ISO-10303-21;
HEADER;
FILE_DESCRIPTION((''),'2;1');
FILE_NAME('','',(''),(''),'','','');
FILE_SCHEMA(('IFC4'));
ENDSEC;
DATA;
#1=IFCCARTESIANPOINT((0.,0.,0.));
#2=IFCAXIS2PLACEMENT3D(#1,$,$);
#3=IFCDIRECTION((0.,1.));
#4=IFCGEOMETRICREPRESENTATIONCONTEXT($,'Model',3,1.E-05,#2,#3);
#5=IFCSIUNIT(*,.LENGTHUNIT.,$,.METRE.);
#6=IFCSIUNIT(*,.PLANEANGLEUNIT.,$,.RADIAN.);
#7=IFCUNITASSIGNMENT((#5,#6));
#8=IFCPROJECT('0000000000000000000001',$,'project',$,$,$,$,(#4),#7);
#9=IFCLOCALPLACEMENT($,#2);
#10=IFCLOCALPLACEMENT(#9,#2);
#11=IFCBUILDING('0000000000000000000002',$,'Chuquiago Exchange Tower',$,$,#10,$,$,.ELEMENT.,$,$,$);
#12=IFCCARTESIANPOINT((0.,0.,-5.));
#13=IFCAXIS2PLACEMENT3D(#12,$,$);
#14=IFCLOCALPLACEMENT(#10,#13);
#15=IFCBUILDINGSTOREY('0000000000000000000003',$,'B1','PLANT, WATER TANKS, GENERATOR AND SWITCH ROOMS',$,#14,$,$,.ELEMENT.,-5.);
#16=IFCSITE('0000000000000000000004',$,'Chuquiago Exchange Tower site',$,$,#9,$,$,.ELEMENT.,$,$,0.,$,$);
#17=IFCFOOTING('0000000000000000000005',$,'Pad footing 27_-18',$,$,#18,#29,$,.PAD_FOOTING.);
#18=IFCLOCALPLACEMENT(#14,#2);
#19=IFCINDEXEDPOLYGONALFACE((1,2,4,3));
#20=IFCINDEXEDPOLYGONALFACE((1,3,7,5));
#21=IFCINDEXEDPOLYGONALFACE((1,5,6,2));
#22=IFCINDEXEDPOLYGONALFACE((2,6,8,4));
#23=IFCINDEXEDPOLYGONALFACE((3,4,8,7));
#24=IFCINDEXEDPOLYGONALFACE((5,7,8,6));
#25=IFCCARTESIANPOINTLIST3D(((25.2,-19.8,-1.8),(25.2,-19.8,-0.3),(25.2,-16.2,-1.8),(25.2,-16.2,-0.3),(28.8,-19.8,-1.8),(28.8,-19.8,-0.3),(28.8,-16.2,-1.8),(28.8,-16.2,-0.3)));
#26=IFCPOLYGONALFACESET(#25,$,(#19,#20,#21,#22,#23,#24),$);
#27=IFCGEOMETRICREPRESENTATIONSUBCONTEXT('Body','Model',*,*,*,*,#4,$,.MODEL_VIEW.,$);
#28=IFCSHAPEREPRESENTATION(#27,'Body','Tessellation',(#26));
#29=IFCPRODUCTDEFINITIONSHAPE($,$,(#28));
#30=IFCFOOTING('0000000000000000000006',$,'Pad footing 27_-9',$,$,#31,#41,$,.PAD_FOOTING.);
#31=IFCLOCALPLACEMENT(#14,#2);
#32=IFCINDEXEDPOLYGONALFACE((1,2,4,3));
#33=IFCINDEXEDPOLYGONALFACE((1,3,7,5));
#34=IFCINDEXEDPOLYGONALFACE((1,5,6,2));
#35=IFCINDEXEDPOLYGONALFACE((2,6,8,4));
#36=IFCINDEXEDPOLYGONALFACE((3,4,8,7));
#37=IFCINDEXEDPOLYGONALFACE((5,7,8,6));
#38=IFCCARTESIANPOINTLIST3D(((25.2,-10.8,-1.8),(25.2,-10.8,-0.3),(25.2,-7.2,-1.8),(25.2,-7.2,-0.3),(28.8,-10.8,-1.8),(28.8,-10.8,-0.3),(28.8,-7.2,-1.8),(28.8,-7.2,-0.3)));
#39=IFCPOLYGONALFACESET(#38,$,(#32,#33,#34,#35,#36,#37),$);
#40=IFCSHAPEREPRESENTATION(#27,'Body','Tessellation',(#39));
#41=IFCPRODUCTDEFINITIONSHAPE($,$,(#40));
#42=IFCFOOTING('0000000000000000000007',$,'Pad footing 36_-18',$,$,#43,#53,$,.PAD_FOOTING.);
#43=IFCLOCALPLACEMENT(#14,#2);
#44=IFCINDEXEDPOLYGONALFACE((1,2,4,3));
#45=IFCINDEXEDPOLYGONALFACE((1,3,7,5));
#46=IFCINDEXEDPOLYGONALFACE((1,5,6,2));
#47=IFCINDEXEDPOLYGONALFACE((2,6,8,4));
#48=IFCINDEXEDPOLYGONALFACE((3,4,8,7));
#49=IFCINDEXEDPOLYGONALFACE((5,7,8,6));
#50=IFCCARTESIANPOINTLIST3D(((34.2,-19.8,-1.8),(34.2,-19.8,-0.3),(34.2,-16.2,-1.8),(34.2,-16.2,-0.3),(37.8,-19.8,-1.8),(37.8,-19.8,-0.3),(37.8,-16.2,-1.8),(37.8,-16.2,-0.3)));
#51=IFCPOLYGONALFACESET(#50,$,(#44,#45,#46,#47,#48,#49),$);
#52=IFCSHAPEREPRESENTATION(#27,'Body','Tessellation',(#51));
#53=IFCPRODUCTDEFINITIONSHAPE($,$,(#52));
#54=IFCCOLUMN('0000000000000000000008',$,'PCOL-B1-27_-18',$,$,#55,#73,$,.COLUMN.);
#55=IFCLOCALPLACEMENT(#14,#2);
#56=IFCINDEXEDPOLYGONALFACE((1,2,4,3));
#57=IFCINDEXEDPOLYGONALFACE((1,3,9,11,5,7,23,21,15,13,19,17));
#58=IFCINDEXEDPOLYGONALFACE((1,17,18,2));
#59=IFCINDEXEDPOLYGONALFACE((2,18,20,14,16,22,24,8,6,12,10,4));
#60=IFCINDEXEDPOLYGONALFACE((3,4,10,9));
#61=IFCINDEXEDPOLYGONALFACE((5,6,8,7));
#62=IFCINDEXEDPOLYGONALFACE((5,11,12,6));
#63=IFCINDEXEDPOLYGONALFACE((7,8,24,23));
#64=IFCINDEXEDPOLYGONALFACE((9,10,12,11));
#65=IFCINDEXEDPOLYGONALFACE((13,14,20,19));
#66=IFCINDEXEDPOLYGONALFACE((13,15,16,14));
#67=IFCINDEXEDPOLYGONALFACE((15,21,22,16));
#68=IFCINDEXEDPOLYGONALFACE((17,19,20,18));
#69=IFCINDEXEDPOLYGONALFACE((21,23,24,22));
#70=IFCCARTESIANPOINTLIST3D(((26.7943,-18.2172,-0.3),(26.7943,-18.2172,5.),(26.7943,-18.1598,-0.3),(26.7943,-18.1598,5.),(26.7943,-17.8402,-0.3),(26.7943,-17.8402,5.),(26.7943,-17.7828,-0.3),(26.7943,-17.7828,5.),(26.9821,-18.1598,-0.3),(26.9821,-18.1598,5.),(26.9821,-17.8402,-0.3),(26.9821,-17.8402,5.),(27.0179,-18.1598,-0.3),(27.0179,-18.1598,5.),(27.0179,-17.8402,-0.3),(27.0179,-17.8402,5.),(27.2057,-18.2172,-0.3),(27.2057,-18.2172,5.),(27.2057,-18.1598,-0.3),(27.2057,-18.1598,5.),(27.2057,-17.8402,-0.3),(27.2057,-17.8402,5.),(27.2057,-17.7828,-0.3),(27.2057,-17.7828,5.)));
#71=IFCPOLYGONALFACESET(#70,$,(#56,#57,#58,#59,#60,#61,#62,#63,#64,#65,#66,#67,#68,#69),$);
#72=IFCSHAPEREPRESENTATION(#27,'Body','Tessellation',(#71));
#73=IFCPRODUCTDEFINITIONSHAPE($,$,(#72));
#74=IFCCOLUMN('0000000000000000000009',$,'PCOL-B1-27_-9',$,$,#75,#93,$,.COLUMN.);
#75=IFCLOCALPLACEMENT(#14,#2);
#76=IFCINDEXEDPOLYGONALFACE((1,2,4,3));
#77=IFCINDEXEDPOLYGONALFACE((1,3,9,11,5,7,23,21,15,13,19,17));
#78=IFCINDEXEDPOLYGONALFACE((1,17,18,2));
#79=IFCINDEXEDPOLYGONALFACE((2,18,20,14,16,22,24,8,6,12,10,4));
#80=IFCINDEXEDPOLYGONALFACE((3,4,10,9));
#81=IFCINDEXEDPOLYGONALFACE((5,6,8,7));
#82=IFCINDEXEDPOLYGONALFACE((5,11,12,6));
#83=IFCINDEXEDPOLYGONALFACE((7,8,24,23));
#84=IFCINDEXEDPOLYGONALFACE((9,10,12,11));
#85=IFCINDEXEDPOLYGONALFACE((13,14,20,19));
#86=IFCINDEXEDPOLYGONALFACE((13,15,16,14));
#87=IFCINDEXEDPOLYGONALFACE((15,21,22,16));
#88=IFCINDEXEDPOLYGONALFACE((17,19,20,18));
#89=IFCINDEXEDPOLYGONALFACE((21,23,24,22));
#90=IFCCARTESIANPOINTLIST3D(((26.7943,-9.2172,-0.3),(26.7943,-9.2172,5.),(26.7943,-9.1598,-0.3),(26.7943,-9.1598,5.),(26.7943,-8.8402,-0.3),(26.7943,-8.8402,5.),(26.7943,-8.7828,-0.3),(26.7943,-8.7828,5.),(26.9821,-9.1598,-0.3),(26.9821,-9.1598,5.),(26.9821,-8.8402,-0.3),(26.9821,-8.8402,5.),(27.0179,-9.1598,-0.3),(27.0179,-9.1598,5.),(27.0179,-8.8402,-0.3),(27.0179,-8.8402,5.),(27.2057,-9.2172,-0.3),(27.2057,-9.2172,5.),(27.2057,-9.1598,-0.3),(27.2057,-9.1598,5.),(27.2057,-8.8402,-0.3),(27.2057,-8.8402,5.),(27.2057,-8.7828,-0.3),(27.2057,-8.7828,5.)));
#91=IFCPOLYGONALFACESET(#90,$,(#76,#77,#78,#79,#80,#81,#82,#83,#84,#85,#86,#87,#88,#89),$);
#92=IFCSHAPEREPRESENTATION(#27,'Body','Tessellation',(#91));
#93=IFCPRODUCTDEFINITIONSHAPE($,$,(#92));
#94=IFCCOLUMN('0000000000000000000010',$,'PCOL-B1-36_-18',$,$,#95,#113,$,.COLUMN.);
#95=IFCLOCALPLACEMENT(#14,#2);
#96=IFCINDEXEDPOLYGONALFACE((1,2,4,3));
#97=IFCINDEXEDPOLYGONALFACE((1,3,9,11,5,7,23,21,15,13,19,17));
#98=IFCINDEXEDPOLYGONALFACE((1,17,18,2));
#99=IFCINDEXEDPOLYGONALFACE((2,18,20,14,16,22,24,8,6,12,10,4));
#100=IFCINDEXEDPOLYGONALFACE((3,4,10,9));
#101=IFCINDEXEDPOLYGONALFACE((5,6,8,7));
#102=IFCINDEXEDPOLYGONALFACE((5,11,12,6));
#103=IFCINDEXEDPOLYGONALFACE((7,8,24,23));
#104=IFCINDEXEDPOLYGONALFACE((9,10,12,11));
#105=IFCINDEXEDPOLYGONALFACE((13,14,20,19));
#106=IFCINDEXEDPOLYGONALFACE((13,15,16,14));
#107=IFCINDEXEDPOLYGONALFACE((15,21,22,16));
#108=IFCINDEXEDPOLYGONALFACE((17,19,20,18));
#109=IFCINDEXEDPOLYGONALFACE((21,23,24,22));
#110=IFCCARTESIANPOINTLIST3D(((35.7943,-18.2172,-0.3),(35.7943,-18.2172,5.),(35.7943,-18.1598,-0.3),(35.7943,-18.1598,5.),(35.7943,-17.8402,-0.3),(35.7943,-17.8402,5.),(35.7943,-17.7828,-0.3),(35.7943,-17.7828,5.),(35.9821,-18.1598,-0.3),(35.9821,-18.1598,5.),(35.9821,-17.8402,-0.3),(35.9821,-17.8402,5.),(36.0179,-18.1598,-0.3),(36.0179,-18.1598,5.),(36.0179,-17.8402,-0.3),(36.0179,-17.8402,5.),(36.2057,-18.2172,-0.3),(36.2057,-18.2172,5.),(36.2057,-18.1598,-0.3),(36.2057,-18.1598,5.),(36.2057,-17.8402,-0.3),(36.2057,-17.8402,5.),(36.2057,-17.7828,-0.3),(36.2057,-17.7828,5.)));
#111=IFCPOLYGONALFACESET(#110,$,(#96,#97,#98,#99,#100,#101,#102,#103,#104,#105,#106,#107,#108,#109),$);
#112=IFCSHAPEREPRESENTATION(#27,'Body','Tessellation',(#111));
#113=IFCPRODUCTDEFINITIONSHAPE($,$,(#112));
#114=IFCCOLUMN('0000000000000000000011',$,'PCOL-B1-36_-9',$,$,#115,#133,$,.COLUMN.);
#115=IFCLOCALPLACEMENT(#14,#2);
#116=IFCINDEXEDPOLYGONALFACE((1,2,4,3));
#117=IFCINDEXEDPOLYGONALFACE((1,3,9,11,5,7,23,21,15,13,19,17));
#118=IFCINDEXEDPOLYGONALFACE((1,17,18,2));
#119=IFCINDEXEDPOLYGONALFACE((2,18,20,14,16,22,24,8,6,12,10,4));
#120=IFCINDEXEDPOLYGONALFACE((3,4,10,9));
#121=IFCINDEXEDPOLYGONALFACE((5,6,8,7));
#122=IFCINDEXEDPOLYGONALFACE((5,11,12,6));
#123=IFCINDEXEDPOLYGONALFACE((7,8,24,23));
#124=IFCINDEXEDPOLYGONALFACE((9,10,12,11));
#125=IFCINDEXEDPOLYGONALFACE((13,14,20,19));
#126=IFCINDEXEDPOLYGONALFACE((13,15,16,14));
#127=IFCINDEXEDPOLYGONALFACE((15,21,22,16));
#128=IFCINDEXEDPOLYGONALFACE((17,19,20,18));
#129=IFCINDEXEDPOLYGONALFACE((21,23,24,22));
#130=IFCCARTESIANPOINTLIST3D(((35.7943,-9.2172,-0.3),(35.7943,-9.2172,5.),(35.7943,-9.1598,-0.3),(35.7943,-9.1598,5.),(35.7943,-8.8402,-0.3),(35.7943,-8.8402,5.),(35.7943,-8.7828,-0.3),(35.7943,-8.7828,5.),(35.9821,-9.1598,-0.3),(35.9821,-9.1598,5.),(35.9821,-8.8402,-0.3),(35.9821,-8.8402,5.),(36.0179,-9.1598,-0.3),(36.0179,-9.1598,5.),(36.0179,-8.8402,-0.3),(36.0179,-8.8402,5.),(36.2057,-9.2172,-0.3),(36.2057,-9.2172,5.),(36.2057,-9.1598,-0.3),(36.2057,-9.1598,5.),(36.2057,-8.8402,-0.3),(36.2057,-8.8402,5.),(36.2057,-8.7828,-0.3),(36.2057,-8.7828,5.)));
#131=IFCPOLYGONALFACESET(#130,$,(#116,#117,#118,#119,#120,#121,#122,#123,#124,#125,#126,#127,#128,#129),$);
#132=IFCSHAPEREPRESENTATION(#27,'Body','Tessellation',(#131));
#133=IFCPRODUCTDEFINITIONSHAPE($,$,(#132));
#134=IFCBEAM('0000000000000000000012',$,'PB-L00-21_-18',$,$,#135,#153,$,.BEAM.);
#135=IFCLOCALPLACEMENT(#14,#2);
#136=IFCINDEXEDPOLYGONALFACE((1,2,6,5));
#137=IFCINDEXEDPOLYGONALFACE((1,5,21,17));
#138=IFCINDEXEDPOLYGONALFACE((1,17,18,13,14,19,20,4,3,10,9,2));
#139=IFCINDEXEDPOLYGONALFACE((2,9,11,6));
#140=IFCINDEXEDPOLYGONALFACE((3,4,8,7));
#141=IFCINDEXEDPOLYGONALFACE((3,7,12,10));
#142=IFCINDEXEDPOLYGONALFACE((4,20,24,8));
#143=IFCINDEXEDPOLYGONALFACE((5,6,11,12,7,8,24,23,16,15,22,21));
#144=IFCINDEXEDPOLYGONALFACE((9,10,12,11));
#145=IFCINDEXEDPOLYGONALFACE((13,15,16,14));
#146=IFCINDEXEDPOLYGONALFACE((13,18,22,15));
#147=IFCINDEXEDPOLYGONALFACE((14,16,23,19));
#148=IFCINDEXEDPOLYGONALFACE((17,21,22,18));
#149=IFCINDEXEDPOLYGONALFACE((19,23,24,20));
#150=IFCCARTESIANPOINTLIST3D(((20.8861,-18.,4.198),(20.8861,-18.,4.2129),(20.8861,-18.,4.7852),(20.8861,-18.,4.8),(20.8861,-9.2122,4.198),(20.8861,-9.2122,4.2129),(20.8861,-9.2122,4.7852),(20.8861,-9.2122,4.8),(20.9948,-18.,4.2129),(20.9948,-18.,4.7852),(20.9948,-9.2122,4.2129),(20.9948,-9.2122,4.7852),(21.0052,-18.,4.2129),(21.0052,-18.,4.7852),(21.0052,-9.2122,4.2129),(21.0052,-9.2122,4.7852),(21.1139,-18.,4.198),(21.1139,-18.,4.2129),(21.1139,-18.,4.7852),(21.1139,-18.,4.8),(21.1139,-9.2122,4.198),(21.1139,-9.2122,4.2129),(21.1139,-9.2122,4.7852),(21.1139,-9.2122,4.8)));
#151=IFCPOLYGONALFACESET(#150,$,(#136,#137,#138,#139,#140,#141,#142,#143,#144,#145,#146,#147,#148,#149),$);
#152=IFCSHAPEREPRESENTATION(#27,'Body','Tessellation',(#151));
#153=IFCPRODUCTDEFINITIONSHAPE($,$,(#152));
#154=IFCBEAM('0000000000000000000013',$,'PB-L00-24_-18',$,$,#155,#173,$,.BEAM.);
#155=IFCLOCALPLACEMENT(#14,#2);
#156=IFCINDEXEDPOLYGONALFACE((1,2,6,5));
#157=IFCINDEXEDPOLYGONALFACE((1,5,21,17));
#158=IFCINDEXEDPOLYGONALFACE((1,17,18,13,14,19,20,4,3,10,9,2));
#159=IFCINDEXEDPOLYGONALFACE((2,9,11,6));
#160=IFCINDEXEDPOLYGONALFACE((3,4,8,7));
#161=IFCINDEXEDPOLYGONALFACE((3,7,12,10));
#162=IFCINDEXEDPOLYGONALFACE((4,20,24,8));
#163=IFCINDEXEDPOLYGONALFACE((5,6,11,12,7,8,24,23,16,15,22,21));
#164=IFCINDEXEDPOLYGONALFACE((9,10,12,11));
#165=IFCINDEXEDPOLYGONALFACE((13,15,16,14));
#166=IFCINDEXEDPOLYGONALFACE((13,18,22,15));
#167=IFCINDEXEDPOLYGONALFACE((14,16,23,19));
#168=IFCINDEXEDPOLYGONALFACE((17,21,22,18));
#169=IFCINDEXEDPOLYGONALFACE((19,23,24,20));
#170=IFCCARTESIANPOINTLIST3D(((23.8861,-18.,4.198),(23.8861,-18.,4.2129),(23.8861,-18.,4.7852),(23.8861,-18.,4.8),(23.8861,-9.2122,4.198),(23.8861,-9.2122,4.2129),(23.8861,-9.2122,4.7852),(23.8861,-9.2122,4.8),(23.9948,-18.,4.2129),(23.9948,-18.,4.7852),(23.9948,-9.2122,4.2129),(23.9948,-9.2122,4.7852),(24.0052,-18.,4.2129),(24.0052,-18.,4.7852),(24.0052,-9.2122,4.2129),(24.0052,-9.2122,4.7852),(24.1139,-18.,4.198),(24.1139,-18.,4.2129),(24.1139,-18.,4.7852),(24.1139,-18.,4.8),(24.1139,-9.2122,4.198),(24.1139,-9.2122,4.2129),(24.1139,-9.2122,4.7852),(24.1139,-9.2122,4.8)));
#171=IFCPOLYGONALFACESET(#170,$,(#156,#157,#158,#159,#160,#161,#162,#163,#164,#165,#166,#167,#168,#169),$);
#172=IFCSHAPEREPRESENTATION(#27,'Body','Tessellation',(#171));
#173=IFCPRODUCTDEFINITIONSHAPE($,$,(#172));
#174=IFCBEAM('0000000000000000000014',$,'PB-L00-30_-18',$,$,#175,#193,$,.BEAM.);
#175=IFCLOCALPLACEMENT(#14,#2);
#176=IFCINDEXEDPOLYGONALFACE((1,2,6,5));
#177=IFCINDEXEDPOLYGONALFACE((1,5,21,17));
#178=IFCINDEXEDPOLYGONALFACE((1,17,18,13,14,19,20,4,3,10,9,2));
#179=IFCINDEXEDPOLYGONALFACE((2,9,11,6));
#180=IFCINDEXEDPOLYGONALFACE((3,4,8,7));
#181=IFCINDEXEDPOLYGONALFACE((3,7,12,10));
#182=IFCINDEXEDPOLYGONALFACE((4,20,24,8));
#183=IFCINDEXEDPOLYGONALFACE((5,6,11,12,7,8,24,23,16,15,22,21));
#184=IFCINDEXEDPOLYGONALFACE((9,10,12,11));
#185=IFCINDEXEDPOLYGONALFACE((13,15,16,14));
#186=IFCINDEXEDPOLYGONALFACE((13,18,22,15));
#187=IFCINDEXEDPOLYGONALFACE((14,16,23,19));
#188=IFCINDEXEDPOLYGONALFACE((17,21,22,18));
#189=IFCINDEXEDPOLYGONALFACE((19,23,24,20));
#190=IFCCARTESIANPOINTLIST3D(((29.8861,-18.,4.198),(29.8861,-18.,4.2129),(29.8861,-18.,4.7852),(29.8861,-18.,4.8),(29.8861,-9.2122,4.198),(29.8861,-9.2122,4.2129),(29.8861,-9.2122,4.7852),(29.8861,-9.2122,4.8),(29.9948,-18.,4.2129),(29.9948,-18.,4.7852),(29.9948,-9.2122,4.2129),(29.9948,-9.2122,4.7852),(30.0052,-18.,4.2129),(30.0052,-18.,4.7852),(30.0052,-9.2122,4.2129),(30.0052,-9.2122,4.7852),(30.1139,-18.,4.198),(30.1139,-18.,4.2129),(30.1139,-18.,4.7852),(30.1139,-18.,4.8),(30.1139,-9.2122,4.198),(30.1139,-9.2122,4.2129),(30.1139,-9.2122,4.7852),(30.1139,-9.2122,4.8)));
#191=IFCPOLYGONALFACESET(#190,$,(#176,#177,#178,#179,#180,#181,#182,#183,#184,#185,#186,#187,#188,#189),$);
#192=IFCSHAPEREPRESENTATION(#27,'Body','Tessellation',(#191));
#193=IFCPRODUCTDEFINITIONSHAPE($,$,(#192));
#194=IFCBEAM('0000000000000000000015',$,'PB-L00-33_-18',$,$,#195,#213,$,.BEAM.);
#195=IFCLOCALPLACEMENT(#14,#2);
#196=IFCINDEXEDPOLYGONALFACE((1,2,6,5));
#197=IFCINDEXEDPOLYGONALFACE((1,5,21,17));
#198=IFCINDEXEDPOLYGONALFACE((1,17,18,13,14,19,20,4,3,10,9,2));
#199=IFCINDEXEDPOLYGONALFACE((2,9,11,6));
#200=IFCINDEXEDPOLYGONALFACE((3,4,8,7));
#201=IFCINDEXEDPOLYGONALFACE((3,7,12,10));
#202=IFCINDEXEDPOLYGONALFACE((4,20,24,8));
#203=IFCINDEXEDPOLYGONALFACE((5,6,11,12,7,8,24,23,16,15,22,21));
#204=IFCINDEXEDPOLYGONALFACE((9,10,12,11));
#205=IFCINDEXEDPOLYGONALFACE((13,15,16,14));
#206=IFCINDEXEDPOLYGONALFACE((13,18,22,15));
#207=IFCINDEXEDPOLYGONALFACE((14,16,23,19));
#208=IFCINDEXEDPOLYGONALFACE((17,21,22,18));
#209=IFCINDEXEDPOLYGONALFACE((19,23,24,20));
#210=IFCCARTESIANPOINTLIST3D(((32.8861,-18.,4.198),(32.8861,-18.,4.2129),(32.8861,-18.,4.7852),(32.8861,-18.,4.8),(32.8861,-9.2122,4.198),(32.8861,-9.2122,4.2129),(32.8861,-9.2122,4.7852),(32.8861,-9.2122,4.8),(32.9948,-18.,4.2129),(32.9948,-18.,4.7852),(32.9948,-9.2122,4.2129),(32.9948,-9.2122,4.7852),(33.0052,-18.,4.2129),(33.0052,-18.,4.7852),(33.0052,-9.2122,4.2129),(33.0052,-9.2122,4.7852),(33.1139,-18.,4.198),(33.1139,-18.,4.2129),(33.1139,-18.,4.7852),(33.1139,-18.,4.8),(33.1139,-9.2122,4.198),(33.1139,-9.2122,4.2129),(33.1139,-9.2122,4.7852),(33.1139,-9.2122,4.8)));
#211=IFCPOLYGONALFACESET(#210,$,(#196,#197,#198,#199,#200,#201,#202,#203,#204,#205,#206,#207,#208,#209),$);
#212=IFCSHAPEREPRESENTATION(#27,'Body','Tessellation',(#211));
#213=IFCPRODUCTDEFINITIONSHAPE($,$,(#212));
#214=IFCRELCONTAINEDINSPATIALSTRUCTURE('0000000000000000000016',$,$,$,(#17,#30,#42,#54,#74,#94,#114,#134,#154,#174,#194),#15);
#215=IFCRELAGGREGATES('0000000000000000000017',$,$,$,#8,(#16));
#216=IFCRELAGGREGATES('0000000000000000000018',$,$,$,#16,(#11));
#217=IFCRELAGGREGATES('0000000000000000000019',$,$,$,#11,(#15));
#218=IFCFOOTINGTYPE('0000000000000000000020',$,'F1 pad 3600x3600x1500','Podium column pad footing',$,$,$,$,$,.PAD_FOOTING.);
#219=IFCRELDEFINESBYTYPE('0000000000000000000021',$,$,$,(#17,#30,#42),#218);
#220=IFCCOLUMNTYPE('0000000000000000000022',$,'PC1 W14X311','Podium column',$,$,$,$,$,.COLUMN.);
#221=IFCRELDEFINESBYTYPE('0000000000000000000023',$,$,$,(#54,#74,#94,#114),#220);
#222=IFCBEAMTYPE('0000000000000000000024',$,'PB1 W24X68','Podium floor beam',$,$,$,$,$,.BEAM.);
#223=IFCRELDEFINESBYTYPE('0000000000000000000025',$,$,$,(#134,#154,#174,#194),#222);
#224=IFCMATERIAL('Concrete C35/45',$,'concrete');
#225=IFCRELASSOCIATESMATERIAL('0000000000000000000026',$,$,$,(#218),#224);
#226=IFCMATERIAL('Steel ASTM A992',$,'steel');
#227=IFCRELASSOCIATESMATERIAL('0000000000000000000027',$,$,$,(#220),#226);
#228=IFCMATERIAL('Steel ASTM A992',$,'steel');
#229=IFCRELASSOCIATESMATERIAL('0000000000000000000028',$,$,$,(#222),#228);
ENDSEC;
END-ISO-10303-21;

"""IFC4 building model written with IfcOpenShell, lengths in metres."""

from ifc_helpers import new_model, si_unit, direction, frame, origin, origin_2d, place, context, subcontext, project, spatial, rectangle, i_section, extrude, material, material_profile, profile_set, type_object, element, save


model = new_model("IFC4")

# Units and contexts
model_context = context("Model", 3, precision=1e-05, world=origin(), true_north=direction((0.0, 1.0)))
body_context = subcontext(model_context, "Body", "Model", "MODEL_VIEW")
ifc_project = project(units=[si_unit("LENGTHUNIT", "METRE"), si_unit("PLANEANGLEUNIT", "RADIAN")], contexts=[model_context])

# Site, building, storey
site_placement = place(None, origin())
site = spatial("IfcSite", under=ifc_project, at=site_placement, Name="Chuquiago Exchange Tower site", CompositionType="ELEMENT", RefElevation=0.0)
building_placement = place(site_placement, origin())
building = spatial("IfcBuilding", under=site, at=building_placement, Name="Chuquiago Exchange Tower", CompositionType="ELEMENT")
storey_placement = place(building_placement, frame((0.0, 0.0, -5.0)))
storey = spatial("IfcBuildingStorey", under=building, at=storey_placement, Name="B1", Description="PLANT, WATER TANKS, GENERATOR AND SWITCH ROOMS", CompositionType="ELEMENT", Elevation=-5.0)

# Footings
ifc_material_1 = material(Name="Concrete C35/45", Category="concrete")
footing_type = type_object("IfcFootingType", Name="F1 pad 3600x3600x1500", Description="Podium column pad footing", PredefinedType="PAD_FOOTING", material=ifc_material_1)
for number, where, z_axis, x_axis, name in (
    (1, (27.0, -18.0, -1.8), (0.0, 0.0, 1.0), (1.0, 0.0, 0.0), "Pad footing 27_-18"),
    (2, (27.0, -9.0, -1.8), (0.0, 0.0, 1.0), (1.0, 0.0, 0.0), "Pad footing 27_-9"),
    (3, (36.0, -18.0, -1.8), (0.0, 0.0, 1.0), (1.0, 0.0, 0.0), "Pad footing 36_-18"),
):
    element("IfcFooting", number, at=place(storey_placement, frame(where, z_axis=z_axis, x_axis=x_axis)), inside=storey, type_object=footing_type, Name=name, PredefinedType="PAD_FOOTING", context=body_context, shape_type="SweptSolid", body=[
        extrude(rectangle(XDim=3.6001, YDim=3.6001, at=origin_2d()), origin(), (0.0, 0.0, 1.0), 1.5),
    ])

# Columns
ifc_material_2 = material(Name="Steel ASTM A992", Category="steel")
ifc_material_profile_1 = material_profile(ifc_material_2, i_section(OverallWidth=0.4114, OverallDepth=0.4343, WebThickness=0.0359, FlangeThickness=0.0574, at=origin_2d()), Name="W14X311")
ifc_profile_set_1 = profile_set([ifc_material_profile_1], Name="Steel ASTM A992")
column_type = type_object("IfcColumnType", Name="PC1 W14X311", Description="Podium column", PredefinedType="COLUMN", material=ifc_profile_set_1)
for number, where, z_axis, x_axis, name in (
    (4, (27.0, -18.0, -0.3), (0.0, 0.0, 1.0), (1.0, 0.0, 0.0), "PCOL-B1-27_-18"),
    (5, (27.0, -9.0, -0.3), (0.0, 0.0, 1.0), (1.0, 0.0, 0.0), "PCOL-B1-27_-9"),
    (6, (36.0, -18.0, -0.3), (0.0, 0.0, 1.0), (1.0, 0.0, 0.0), "PCOL-B1-36_-18"),
    (7, (36.0, -9.0, -0.3), (0.0, 0.0, 1.0), (1.0, 0.0, 0.0), "PCOL-B1-36_-9"),
):
    element("IfcColumn", number, at=place(storey_placement, frame(where, z_axis=z_axis, x_axis=x_axis)), inside=storey, type_object=column_type, Name=name, PredefinedType="COLUMN", context=body_context, shape_type="SweptSolid", body=[
        extrude(i_section(OverallWidth=0.4114, OverallDepth=0.4343, WebThickness=0.0359, FlangeThickness=0.0574, at=origin_2d()), origin(), (0.0, 0.0, 1.0), 5.3),
    ])

# Beams
ifc_material_3 = material(Name="Steel ASTM A992", Category="steel")
ifc_material_profile_2 = material_profile(ifc_material_3, i_section(OverallWidth=0.2278, OverallDepth=0.6021, WebThickness=0.0105, FlangeThickness=0.0149, at=origin_2d()), Name="W24X68")
ifc_profile_set_2 = profile_set([ifc_material_profile_2], Name="Steel ASTM A992")
beam_type_1 = type_object("IfcBeamType", Name="PB1 W24X68", Description="Podium floor beam", PredefinedType="BEAM", material=ifc_profile_set_2)
for number, where, z_axis, x_axis, name in (
    (8, (21.0, -18.0, 4.499), (0.0, 1.0, 0.0), (-1.0, 0.0, 0.0), "PB-L00-21_-18"),
    (9, (24.0, -18.0, 4.499), (0.0, 1.0, 0.0), (-1.0, 0.0, 0.0), "PB-L00-24_-18"),
    (10, (30.0, -18.0, 4.499), (0.0, 1.0, 0.0), (-1.0, 0.0, 0.0), "PB-L00-30_-18"),
    (11, (33.0, -18.0, 4.499), (0.0, 1.0, 0.0), (-1.0, 0.0, 0.0), "PB-L00-33_-18"),
):
    element("IfcBeam", number, at=place(storey_placement, frame(where, z_axis=z_axis, x_axis=x_axis)), inside=storey, type_object=beam_type_1, Name=name, PredefinedType="BEAM", context=body_context, shape_type="SweptSolid", body=[
        extrude(i_section(OverallWidth=0.2278, OverallDepth=0.6021, WebThickness=0.0105, FlangeThickness=0.0149, at=origin_2d()), origin(), (0.0, 0.0, 1.0), 8.7878),
    ])

save(model, "model.ifc")
